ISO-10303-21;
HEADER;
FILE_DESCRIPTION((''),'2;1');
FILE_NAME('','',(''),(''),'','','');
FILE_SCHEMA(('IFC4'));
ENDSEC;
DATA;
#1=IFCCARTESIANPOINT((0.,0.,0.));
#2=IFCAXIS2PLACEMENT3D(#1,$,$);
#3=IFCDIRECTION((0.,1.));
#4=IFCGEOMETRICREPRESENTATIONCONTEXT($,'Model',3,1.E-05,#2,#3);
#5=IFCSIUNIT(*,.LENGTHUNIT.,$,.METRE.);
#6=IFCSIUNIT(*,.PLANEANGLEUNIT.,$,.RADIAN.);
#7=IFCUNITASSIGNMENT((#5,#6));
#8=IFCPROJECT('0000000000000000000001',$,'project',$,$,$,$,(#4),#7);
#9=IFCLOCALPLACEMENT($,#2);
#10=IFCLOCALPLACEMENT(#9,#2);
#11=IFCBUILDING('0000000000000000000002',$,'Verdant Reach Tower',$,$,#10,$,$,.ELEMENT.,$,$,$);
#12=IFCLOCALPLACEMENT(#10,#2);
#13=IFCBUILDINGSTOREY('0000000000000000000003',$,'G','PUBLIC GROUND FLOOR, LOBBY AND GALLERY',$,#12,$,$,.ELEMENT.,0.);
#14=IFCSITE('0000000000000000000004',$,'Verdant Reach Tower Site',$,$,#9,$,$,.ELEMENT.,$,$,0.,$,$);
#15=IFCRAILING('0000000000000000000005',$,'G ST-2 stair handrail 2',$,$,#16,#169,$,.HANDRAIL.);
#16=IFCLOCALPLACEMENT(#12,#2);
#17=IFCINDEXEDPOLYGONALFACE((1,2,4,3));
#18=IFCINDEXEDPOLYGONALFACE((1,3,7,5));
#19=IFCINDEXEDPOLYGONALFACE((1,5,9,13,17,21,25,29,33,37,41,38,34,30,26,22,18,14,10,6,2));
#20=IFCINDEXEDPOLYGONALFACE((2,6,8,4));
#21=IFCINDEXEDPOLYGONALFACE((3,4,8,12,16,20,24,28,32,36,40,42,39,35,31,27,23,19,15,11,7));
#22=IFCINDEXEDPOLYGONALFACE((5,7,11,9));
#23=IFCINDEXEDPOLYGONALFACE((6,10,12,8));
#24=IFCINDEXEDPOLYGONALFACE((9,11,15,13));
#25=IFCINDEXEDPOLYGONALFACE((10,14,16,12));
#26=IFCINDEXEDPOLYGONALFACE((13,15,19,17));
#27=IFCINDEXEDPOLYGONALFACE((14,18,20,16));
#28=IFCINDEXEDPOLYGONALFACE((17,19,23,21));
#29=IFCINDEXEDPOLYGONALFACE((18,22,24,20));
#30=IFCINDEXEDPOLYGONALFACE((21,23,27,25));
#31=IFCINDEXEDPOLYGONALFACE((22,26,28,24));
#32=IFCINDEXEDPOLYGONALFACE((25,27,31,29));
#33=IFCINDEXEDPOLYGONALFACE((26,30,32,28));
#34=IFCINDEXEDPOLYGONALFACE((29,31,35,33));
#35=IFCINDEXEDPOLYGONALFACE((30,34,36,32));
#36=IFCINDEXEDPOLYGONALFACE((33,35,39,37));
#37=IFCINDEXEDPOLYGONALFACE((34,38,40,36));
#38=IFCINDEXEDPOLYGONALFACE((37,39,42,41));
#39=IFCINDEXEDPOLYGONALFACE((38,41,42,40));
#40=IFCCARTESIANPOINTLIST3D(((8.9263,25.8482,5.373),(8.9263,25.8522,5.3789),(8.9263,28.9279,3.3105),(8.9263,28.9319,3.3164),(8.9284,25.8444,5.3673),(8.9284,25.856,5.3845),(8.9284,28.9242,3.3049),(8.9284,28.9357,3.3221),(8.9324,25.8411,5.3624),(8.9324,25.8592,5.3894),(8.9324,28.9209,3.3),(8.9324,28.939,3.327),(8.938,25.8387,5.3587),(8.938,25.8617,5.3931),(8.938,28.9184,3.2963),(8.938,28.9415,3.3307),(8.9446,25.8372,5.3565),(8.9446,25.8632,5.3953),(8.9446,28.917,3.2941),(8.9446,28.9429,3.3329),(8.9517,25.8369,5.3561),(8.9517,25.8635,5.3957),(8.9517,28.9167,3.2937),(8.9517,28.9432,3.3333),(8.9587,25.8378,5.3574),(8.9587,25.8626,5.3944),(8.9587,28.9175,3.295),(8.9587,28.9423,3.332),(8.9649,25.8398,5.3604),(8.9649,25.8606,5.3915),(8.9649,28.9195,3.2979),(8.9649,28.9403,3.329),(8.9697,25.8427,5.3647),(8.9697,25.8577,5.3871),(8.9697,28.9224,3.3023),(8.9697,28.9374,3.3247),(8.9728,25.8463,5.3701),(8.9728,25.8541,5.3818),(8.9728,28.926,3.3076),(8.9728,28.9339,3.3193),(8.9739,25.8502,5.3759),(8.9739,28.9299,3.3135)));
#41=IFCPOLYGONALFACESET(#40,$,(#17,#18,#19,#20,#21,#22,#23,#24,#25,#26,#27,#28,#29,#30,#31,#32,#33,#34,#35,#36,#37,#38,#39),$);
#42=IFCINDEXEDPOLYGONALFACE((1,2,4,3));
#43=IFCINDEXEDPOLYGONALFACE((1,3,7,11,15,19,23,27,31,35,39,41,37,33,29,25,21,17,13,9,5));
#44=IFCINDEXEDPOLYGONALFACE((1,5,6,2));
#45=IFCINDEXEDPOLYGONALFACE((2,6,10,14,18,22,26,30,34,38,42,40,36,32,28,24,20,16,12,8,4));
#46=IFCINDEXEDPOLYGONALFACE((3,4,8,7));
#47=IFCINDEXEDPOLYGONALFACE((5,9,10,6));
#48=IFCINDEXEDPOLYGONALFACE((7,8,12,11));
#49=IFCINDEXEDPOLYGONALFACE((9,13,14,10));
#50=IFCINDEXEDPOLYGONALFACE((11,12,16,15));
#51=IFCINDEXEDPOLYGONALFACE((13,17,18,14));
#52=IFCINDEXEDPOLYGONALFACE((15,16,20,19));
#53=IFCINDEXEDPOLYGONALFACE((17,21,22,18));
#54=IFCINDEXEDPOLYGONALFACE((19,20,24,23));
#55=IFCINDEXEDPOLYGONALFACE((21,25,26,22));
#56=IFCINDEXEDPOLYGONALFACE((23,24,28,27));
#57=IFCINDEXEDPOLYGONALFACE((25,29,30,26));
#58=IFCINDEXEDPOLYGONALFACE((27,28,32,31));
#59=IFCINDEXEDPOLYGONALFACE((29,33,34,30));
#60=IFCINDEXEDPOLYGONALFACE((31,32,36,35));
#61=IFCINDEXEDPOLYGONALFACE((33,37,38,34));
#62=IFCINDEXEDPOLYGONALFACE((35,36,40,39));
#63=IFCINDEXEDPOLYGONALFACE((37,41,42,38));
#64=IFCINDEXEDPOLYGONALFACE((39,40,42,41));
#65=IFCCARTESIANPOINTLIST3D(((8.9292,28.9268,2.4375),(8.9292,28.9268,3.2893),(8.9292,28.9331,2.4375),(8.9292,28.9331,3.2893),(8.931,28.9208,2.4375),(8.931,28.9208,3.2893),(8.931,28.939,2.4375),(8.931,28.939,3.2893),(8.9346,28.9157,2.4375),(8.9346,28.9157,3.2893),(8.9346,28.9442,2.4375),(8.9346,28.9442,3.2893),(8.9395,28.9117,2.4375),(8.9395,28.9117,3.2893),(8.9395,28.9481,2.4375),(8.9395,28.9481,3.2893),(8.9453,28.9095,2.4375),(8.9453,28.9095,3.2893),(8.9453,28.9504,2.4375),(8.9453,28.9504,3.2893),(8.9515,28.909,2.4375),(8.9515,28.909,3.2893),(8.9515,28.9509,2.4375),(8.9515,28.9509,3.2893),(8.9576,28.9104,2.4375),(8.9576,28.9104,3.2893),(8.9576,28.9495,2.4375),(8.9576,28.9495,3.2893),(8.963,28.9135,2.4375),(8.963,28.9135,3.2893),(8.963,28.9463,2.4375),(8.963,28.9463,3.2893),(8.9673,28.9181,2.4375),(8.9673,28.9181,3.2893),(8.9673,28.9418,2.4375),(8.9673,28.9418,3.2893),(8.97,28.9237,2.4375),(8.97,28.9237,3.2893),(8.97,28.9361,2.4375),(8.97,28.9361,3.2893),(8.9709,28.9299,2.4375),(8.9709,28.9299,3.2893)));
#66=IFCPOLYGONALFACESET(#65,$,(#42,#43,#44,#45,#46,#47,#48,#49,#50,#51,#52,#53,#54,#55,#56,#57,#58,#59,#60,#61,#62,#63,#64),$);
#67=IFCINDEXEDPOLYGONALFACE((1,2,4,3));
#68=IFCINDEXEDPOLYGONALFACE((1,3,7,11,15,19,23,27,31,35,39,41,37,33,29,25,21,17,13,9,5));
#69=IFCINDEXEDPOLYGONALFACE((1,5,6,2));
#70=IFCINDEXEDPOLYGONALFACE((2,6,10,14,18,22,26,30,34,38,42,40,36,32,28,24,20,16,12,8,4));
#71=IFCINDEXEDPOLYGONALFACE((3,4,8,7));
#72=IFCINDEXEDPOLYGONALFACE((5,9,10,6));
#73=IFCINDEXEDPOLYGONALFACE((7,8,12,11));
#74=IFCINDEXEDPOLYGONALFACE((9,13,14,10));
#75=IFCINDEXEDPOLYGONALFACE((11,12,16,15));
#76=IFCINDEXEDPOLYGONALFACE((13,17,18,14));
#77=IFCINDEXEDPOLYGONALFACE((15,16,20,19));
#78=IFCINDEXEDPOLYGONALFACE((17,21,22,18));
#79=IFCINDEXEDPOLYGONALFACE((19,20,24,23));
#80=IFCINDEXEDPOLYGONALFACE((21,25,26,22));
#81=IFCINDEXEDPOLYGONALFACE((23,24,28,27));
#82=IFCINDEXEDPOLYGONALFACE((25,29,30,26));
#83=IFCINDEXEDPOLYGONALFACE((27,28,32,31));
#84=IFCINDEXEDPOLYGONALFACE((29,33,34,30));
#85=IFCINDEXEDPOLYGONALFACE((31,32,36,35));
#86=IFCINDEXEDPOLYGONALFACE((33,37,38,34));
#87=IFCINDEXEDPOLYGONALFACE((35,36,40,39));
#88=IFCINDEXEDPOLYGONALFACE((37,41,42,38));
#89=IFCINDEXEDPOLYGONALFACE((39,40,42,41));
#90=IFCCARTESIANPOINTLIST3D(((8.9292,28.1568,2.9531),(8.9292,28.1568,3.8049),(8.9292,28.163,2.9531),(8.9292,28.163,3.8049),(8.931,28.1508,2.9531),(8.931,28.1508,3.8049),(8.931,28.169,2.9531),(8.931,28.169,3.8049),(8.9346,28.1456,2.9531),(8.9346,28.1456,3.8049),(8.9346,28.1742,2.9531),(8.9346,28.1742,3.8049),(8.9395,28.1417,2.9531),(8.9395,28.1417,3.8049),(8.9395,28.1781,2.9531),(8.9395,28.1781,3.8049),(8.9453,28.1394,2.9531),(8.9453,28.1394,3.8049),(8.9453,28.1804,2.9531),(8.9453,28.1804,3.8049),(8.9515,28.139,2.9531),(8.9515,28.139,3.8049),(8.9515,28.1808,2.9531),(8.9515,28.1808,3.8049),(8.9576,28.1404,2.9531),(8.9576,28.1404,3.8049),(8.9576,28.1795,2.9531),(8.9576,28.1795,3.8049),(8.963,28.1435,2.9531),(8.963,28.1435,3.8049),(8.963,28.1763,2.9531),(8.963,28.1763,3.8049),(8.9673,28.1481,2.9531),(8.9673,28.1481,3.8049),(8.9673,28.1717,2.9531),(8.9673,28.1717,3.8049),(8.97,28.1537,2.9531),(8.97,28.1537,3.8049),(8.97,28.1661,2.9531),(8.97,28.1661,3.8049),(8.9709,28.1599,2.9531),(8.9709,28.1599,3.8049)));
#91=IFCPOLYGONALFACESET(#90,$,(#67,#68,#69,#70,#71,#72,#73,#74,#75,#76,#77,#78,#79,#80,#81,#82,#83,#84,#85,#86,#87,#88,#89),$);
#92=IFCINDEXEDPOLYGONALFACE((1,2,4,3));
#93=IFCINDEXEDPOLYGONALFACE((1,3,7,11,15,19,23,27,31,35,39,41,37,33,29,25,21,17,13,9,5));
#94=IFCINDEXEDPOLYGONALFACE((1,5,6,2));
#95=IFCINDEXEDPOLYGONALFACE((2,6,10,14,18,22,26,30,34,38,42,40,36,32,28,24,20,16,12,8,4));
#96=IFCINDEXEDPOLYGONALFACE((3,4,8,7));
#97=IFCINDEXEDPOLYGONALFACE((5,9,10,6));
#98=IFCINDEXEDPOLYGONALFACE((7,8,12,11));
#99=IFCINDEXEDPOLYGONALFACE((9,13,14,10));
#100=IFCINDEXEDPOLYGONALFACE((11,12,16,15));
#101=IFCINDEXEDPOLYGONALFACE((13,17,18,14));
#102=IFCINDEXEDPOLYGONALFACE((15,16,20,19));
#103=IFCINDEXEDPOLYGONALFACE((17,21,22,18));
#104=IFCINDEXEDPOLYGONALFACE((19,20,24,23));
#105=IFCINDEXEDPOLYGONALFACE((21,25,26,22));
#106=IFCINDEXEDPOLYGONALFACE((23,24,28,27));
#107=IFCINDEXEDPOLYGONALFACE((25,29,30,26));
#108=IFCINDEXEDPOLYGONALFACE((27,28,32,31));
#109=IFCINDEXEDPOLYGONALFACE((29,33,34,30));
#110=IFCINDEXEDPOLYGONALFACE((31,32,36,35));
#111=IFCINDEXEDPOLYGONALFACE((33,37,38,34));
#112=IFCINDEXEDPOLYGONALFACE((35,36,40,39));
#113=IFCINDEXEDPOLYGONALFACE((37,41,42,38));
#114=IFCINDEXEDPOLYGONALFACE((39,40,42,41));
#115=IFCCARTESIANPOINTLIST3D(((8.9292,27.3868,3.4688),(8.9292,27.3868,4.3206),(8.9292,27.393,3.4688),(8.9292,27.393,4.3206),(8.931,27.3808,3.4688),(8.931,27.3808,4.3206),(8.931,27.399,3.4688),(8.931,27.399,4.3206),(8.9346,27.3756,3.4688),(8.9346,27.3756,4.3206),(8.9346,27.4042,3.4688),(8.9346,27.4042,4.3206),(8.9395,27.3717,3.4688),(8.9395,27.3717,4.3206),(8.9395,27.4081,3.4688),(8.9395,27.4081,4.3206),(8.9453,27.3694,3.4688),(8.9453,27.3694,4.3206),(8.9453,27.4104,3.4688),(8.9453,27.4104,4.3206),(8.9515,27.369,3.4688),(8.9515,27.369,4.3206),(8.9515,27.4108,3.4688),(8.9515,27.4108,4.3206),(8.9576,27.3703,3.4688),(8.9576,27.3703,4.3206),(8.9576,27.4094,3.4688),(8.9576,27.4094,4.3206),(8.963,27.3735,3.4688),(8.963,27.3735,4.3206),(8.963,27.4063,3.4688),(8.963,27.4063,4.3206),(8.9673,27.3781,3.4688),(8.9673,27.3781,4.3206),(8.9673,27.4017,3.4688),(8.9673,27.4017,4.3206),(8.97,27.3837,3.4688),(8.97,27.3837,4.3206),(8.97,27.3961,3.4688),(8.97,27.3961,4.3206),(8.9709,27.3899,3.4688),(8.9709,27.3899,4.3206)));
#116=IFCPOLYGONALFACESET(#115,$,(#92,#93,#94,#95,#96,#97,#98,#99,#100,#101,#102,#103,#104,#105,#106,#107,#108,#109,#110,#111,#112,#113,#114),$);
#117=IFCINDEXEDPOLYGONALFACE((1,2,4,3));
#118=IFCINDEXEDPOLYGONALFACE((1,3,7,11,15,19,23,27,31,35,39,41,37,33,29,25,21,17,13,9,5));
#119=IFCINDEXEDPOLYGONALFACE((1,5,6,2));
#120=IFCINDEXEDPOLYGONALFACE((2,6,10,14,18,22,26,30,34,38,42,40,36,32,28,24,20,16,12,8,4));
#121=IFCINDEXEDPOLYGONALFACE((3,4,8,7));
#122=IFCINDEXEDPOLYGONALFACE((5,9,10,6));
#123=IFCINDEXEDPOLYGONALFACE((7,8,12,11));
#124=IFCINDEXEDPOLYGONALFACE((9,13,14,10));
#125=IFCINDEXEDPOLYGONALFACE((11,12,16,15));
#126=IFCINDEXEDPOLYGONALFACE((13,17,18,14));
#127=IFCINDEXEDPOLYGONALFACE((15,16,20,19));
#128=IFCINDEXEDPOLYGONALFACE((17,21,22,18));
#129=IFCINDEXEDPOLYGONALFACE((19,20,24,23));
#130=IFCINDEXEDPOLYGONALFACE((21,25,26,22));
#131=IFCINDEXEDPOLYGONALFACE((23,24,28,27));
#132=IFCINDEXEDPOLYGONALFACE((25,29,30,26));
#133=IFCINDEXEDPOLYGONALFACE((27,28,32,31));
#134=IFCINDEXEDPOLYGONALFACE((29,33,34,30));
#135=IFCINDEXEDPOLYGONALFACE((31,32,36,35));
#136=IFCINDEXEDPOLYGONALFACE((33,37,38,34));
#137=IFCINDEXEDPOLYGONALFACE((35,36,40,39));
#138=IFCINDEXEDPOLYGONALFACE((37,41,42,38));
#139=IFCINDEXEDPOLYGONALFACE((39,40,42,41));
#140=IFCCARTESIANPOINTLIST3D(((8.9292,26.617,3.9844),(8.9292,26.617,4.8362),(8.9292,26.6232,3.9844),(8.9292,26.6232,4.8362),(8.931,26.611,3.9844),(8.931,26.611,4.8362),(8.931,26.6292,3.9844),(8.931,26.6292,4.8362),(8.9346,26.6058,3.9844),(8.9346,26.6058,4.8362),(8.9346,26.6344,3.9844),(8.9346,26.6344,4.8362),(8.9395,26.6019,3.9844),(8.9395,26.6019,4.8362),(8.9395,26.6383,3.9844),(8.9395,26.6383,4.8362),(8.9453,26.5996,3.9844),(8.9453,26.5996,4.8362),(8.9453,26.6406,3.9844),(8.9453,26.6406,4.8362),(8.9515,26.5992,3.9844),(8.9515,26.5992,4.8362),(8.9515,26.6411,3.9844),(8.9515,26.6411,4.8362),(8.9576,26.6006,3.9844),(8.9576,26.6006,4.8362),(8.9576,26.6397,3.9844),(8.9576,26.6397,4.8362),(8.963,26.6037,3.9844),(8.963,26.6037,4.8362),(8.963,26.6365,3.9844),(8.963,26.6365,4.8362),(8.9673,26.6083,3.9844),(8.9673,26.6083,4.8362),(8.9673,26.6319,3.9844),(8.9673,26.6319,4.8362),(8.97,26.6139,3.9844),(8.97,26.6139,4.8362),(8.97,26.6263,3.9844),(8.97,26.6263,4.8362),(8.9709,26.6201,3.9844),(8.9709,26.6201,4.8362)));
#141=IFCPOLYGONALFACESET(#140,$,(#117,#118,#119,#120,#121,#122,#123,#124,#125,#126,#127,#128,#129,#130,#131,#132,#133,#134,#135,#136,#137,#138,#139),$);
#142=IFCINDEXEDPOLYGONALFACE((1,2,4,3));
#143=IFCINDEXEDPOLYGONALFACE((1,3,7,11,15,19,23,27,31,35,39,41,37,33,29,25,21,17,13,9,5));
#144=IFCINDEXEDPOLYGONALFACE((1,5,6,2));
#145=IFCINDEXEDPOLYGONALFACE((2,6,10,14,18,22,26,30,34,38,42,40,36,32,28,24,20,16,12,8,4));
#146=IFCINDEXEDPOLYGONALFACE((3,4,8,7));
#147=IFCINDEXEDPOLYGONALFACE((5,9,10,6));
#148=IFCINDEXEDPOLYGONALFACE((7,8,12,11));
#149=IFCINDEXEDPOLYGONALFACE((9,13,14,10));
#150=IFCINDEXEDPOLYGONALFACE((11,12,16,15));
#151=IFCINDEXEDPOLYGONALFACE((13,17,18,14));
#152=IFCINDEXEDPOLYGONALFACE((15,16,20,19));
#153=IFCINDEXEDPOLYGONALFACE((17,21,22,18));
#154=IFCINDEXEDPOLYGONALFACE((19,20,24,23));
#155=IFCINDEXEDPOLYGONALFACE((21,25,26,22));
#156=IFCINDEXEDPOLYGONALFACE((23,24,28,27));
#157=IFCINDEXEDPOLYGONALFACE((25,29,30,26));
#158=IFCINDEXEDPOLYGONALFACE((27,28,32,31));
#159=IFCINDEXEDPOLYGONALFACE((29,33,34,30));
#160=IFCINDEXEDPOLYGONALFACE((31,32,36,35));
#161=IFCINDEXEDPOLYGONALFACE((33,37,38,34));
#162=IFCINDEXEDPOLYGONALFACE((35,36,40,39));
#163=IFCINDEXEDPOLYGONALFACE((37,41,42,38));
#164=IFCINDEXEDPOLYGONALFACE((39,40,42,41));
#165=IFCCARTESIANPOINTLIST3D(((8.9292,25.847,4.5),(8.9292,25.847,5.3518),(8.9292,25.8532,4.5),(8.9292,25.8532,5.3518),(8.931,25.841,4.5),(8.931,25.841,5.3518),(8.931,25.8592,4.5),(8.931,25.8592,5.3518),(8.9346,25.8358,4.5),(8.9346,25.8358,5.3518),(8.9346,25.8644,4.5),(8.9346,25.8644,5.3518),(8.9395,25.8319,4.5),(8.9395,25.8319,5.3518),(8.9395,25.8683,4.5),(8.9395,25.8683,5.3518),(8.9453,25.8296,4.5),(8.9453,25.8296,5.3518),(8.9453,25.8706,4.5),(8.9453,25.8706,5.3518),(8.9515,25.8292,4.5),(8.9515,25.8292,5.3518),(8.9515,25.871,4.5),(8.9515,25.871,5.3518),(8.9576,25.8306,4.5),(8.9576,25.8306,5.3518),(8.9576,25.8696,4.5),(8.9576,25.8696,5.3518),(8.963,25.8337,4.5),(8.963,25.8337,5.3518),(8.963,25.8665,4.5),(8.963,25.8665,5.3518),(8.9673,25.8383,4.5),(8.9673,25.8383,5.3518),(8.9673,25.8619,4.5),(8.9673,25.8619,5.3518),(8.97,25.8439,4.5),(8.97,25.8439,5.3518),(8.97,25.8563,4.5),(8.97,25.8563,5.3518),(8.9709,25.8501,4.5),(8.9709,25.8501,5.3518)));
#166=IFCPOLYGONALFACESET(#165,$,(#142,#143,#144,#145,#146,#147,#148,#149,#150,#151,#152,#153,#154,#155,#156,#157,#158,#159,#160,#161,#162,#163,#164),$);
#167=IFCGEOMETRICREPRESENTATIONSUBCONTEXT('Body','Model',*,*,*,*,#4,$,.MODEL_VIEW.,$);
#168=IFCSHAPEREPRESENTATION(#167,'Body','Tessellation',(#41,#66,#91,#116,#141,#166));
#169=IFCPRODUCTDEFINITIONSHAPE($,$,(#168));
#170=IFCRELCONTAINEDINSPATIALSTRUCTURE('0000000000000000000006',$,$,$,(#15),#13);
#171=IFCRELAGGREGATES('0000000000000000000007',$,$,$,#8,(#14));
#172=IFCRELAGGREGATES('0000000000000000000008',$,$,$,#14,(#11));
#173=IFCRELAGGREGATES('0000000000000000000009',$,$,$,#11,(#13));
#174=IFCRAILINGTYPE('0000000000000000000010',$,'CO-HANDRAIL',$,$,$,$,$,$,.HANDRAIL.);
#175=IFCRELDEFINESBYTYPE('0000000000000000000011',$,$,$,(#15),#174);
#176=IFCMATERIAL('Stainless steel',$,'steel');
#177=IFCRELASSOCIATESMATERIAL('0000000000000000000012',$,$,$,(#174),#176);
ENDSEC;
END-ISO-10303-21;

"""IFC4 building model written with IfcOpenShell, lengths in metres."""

from ifc_helpers import new_model, si_unit, direction, frame, origin, origin_2d, place, context, subcontext, project, spatial, circle, extrude, material, type_object, element, save


model = new_model("IFC4")

# Units and contexts
model_context = context("Model", 3, precision=1e-05, world=origin(), true_north=direction((0.0, 1.0)))
body_context = subcontext(model_context, "Body", "Model", "MODEL_VIEW")
ifc_project = project(units=[si_unit("LENGTHUNIT", "METRE"), si_unit("PLANEANGLEUNIT", "RADIAN")], contexts=[model_context])

# Site, building, storey
site_placement = place(None, origin())
site = spatial("IfcSite", under=ifc_project, at=site_placement, Name="Verdant Reach Tower Site", CompositionType="ELEMENT", RefElevation=0.0)
building_placement = place(site_placement, origin())
building = spatial("IfcBuilding", under=site, at=building_placement, Name="Verdant Reach Tower", CompositionType="ELEMENT")
storey_placement = place(building_placement, origin())
storey = spatial("IfcBuildingStorey", under=building, at=storey_placement, Name="G", Description="PUBLIC GROUND FLOOR, LOBBY AND GALLERY", CompositionType="ELEMENT", Elevation=0.0)

# Railing
ifc_material_1 = material(Name="Stainless steel", Category="steel")
railing_type_1 = type_object("IfcRailingType", Name="CO-HANDRAIL", PredefinedType="HANDRAIL", material=ifc_material_1)
railing_1_placement = place(storey_placement, frame((8.95, 28.9299, 2.4375)))
element("IfcRailing", 1, at=railing_1_placement, inside=storey, type_object=railing_type_1, Name="G ST-2 stair handrail 2", PredefinedType="HANDRAIL", context=body_context, shape_type="SweptSolid", body=[
    extrude(circle(Radius=0.0239, at=origin_2d()), frame((0.0, 0.0, 0.876), z_axis=(0.0, -0.830893, 0.556432), x_axis=(1.0, 0.0, 0.0)), (0.0, 0.0, 1.0), 3.7065),
    extrude(circle(Radius=0.021, at=origin_2d()), origin(), (0.0, 0.0, 1.0), 0.8518),
    extrude(circle(Radius=0.021, at=origin_2d()), frame((0.0, -0.77, 0.5156)), (0.0, 0.0, 1.0), 0.8518),
    extrude(circle(Radius=0.021, at=origin_2d()), frame((0.0, -1.54, 1.0312)), (0.0, 0.0, 1.0), 0.8518),
    extrude(circle(Radius=0.021, at=origin_2d()), frame((0.0, -2.3098, 1.5469)), (0.0, 0.0, 1.0), 0.8518),
    extrude(circle(Radius=0.021, at=origin_2d()), frame((0.0, -3.0798, 2.0625)), (0.0, 0.0, 1.0), 0.8518),
])

save(model, "model.ifc")
